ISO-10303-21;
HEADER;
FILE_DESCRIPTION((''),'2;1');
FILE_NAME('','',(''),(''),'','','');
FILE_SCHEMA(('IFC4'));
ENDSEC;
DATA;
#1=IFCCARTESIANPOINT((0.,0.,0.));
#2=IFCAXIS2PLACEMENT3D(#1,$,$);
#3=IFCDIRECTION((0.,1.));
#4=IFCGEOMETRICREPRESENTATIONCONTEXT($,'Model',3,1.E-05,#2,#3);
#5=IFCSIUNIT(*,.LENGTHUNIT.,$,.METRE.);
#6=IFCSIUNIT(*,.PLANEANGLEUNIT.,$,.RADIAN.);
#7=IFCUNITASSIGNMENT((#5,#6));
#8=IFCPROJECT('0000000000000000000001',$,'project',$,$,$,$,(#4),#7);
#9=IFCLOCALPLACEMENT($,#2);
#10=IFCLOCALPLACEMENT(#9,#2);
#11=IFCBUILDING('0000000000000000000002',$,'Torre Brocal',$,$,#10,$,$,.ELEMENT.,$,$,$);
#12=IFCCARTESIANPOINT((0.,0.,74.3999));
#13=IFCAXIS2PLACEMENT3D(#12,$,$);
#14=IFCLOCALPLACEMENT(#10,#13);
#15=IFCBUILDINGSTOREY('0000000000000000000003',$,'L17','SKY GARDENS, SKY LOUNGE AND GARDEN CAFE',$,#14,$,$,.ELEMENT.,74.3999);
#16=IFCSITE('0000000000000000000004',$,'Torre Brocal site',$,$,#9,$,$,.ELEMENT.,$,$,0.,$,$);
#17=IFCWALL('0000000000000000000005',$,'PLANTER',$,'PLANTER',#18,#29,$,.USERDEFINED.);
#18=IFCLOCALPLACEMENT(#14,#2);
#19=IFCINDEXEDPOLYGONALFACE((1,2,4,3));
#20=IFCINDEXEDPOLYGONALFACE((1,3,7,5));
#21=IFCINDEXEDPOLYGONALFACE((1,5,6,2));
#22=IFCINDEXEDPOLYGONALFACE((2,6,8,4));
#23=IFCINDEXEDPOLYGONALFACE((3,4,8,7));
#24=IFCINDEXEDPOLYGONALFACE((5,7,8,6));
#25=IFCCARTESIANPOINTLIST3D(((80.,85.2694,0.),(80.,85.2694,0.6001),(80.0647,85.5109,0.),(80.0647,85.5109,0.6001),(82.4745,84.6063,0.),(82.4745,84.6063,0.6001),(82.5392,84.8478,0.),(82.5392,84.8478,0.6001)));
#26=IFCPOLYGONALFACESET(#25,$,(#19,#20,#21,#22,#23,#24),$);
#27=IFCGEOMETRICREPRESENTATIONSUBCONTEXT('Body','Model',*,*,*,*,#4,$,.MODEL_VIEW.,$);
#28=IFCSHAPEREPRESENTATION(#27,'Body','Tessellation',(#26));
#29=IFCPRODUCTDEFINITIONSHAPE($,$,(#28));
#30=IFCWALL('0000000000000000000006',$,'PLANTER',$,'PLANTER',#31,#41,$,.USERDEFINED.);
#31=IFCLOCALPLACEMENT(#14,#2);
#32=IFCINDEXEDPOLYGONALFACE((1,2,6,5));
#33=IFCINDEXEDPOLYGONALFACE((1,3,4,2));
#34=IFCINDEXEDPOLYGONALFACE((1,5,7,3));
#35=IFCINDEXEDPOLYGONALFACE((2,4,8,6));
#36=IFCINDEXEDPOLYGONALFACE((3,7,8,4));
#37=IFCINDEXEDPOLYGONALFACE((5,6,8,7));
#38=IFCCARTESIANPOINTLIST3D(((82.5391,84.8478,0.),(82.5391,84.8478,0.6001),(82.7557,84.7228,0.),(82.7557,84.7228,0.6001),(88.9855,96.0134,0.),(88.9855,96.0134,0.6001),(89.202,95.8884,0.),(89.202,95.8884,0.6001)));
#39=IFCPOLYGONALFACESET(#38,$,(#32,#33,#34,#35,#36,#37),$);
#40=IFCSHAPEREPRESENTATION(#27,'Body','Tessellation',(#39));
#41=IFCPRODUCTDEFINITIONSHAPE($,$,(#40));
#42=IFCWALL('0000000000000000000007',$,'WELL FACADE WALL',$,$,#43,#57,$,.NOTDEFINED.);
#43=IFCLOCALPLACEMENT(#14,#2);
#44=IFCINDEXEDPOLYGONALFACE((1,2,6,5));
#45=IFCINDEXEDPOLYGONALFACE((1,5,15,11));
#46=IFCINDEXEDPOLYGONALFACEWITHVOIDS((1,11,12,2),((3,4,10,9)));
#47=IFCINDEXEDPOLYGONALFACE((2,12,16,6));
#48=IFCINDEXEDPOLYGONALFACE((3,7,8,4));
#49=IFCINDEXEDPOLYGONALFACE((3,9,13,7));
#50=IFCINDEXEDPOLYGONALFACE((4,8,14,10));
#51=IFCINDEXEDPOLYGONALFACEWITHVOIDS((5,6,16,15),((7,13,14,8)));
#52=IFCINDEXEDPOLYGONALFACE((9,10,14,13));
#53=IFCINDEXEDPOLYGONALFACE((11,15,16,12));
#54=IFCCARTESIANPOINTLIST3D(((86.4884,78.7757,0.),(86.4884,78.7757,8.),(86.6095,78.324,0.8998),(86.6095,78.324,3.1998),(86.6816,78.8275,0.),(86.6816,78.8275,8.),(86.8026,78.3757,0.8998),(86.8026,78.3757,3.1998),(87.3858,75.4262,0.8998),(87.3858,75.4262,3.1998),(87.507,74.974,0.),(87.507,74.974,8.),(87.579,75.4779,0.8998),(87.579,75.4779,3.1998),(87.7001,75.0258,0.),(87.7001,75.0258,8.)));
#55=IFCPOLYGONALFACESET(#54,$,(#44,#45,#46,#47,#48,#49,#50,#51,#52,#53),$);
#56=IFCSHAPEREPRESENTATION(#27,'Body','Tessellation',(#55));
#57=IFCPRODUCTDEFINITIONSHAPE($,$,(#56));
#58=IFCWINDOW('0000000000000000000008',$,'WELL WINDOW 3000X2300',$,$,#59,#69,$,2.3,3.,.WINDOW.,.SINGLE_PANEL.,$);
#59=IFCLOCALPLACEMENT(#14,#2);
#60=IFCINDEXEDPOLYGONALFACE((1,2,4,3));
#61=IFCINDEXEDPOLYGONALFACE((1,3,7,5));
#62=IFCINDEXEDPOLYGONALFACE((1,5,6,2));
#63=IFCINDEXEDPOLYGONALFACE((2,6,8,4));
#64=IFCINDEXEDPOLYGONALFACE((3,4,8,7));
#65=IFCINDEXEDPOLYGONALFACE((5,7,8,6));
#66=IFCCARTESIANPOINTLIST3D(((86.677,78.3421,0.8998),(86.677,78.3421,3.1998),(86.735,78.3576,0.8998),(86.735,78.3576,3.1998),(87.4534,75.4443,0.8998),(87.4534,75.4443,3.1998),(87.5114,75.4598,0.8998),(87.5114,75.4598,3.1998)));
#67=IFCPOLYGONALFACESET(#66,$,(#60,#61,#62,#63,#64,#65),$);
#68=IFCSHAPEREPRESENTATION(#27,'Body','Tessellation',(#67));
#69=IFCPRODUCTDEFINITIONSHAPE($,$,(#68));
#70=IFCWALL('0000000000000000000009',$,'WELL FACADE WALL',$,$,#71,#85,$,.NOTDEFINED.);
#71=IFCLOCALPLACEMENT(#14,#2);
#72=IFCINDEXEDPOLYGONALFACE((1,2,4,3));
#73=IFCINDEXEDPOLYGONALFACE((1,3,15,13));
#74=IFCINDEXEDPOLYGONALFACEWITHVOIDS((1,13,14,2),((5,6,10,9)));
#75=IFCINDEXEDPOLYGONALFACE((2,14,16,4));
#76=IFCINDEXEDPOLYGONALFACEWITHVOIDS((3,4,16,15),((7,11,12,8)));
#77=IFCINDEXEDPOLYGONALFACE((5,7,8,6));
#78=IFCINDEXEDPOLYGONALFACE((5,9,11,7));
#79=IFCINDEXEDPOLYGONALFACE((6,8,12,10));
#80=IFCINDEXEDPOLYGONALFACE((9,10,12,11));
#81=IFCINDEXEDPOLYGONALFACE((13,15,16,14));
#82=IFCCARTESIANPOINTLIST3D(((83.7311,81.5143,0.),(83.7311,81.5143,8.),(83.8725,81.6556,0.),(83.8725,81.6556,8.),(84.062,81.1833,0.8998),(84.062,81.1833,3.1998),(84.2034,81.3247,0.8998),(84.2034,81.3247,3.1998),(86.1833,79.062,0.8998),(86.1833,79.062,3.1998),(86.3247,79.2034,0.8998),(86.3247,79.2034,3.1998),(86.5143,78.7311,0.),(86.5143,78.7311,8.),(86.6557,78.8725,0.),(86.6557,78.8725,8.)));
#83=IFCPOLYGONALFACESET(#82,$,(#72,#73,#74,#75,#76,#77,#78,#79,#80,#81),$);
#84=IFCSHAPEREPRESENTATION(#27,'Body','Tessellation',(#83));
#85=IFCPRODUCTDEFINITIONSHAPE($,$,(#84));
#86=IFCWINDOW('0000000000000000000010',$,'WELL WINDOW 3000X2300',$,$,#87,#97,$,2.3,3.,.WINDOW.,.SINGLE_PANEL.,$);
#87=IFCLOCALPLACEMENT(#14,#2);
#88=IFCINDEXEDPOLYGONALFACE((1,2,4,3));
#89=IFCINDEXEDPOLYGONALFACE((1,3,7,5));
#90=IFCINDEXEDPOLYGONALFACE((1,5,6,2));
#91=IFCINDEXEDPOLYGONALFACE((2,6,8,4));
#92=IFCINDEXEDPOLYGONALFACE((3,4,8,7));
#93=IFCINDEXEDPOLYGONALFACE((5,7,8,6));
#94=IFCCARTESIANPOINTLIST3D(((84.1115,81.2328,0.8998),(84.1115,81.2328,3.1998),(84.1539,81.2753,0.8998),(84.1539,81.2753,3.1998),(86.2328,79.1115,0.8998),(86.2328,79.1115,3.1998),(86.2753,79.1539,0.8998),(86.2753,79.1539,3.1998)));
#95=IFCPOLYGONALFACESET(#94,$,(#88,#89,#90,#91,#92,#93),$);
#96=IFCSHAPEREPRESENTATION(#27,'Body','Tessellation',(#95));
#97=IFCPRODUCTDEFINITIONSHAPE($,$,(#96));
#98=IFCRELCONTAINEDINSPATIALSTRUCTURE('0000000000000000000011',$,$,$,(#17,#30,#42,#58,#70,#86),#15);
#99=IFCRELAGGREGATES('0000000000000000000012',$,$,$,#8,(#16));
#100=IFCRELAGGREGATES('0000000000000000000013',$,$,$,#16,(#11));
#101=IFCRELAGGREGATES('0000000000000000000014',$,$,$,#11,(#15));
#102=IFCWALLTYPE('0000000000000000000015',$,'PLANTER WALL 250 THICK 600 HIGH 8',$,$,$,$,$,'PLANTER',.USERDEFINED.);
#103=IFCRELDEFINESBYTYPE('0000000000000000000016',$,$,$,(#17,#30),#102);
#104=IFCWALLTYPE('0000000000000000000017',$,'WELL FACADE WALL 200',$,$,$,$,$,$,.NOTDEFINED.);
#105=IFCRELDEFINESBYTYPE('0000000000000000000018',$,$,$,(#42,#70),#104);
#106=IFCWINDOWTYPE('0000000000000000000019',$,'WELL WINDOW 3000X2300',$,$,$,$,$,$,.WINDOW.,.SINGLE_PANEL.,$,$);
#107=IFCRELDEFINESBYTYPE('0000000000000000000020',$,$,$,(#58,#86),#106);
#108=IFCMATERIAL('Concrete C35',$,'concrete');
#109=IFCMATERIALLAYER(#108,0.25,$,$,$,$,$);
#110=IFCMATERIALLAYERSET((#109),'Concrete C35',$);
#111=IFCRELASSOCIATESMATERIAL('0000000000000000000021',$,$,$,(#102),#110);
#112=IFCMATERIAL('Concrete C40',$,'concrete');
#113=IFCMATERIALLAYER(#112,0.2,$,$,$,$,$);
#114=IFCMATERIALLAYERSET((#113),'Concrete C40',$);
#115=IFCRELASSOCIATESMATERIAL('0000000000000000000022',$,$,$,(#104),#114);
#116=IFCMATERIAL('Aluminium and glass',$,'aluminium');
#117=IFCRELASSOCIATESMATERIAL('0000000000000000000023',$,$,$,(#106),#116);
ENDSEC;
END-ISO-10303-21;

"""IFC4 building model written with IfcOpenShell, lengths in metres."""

from ifc_helpers import new_model, si_unit, direction, frame, frame_2d, origin, place, context, subcontext, project, spatial, rectangle, extrude, material, layer, layer_set, type_object, element, fill, save


model = new_model("IFC4")

# Units and contexts
model_context = context("Model", 3, precision=1e-05, world=origin(), true_north=direction((0.0, 1.0)))
body_context = subcontext(model_context, "Body", "Model", "MODEL_VIEW")
ifc_project = project(units=[si_unit("LENGTHUNIT", "METRE"), si_unit("PLANEANGLEUNIT", "RADIAN")], contexts=[model_context])

# Site, building, storey
site_placement = place(None, origin())
site = spatial("IfcSite", under=ifc_project, at=site_placement, Name="Torre Brocal site", CompositionType="ELEMENT", RefElevation=0.0)
building_placement = place(site_placement, origin())
building = spatial("IfcBuilding", under=site, at=building_placement, Name="Torre Brocal", CompositionType="ELEMENT")
storey_placement = place(building_placement, frame((0.0, 0.0, 74.3999)))
storey = spatial("IfcBuildingStorey", under=building, at=storey_placement, Name="L17", Description="SKY GARDENS, SKY LOUNGE AND GARDEN CAFE", CompositionType="ELEMENT", Elevation=74.3999)

# Walls
ifc_material_1 = material(Name="Concrete C35", Category="concrete")
ifc_layer_1 = layer(ifc_material_1, 0.25)
ifc_layer_set_1 = layer_set([ifc_layer_1], Name="Concrete C35")
wall_type_1 = type_object("IfcWallType", Name="PLANTER WALL 250 THICK 600 HIGH 8", ElementType="PLANTER", PredefinedType="USERDEFINED", material=ifc_layer_set_1)
for number, where, z_axis, x_axis, name in (
    (1, (80.0325, 85.3901, 0.0), (0.0, 0.0, 1.0), (0.965918, -0.258849, 0.0), "PLANTER"),
):
    element("IfcWall", number, at=place(storey_placement, frame(where, z_axis=z_axis, x_axis=x_axis)), inside=storey, type_object=wall_type_1, Name=name, ObjectType="PLANTER", PredefinedType="USERDEFINED", context=body_context, shape_type="SweptSolid", body=[
        extrude(rectangle(XDim=2.5618, YDim=0.25, at=frame_2d((1.2808, 0.0))), origin(), (0.0, 0.0, 1.0), 0.6001),
    ])
wall_1_placement = place(storey_placement, frame((82.6475, 84.7854, 0.0), z_axis=(0.0, 0.0, 1.0), x_axis=(0.499992, 0.86603, 0.0)))
element("IfcWall", 2, at=wall_1_placement, inside=storey, type_object=wall_type_1, Name="PLANTER", ObjectType="PLANTER", PredefinedType="USERDEFINED", context=body_context, shape_type="SweptSolid", body=[
    extrude(rectangle(XDim=12.8928, YDim=0.25, at=frame_2d((6.4463, 0.0))), origin(), (0.0, 0.0, 1.0), 0.6001),
])

# Walls, openings, windows
ifc_material_2 = material(Name="Concrete C40", Category="concrete")
ifc_layer_2 = layer(ifc_material_2, 0.2)
ifc_layer_set_2 = layer_set([ifc_layer_2], Name="Concrete C40")
wall_type_2 = type_object("IfcWallType", Name="WELL FACADE WALL 200", PredefinedType="NOTDEFINED", material=ifc_layer_set_2)
wall_2_placement = place(storey_placement, frame((87.6035, 75.0, 0.0), z_axis=(0.0, 0.0, 1.0), x_axis=(-0.25879, 0.965934, 0.0)))
wall_2 = element("IfcWall", 3, at=wall_2_placement, inside=storey, type_object=wall_type_2, Name="WELL FACADE WALL", PredefinedType="NOTDEFINED", context=body_context, shape_type="SweptSolid", body=[
    extrude(rectangle(XDim=3.9358, YDim=0.2, at=frame_2d((1.9678, 0.0))), origin(), (0.0, 0.0, 1.0), 8.0),
])
opening_1_placement = place(wall_2_placement, frame((0.468, 0.0, 0.8999)))
opening_1 = element("IfcOpeningElement", 4, at=opening_1_placement, cuts=wall_2, PredefinedType="OPENING", context=body_context, shape_type="SweptSolid", body=[
    extrude(rectangle(XDim=3.0, YDim=2.3, at=frame_2d((1.5, 1.1499))), frame((0.0, 0.1099, 0.0), z_axis=(0.0, -1.0, 0.0), x_axis=(1.0, 0.0, 0.0)), (0.0, 0.0, 1.0), 0.22),
])
ifc_material_3 = material(Name="Aluminium and glass", Category="aluminium")
window_type_1 = type_object("IfcWindowType", Name="WELL WINDOW 3000X2300", PartitioningType="SINGLE_PANEL", PredefinedType="WINDOW", material=ifc_material_3)
window_1_placement = place(opening_1_placement, origin())
window_1 = element("IfcWindow", 5, at=window_1_placement, inside=storey, type_object=window_type_1, Name="WELL WINDOW 3000X2300", OverallHeight=2.3, OverallWidth=3.0, PartitioningType="SINGLE_PANEL", PredefinedType="WINDOW", context=body_context, shape_type="SweptSolid", body=[
    extrude(rectangle(XDim=3.0, YDim=2.3, at=frame_2d((1.5, 1.1499))), frame((0.0, 0.03, 0.0), z_axis=(0.0, -1.0, 0.0), x_axis=(1.0, 0.0, 0.0)), (0.0, 0.0, 1.0), 0.0601),
])
fill(opening_1, window_1)
wall_3_placement = place(storey_placement, frame((86.585, 78.8018, 0.0), z_axis=(0.0, 0.0, 1.0), x_axis=(-0.707107, 0.707107, 0.0)))
wall_3 = element("IfcWall", 6, at=wall_3_placement, inside=storey, type_object=wall_type_2, Name="WELL FACADE WALL", PredefinedType="NOTDEFINED", context=body_context, shape_type="SweptSolid", body=[
    extrude(rectangle(XDim=3.936, YDim=0.2, at=frame_2d((1.968, 0.0))), origin(), (0.0, 0.0, 1.0), 8.0),
])
opening_2_placement = place(wall_3_placement, frame((0.468, 0.0, 0.8999)))
opening_2 = element("IfcOpeningElement", 7, at=opening_2_placement, cuts=wall_3, PredefinedType="OPENING", context=body_context, shape_type="SweptSolid", body=[
    extrude(rectangle(XDim=3.0, YDim=2.3, at=frame_2d((1.5, 1.1499))), frame((0.0, 0.1099, 0.0), z_axis=(0.0, -1.0, 0.0), x_axis=(1.0, 0.0, 0.0)), (0.0, 0.0, 1.0), 0.22),
])
window_2_placement = place(opening_2_placement, origin())
window_2 = element("IfcWindow", 8, at=window_2_placement, inside=storey, type_object=window_type_1, Name="WELL WINDOW 3000X2300", OverallHeight=2.3, OverallWidth=3.0, PartitioningType="SINGLE_PANEL", PredefinedType="WINDOW", context=body_context, shape_type="SweptSolid", body=[
    extrude(rectangle(XDim=3.0, YDim=2.3, at=frame_2d((1.5, 1.1499))), frame((0.0, 0.03, 0.0), z_axis=(0.0, -1.0, 0.0), x_axis=(1.0, 0.0, 0.0)), (0.0, 0.0, 1.0), 0.0601),
])
fill(opening_2, window_2)

save(model, "model.ifc")
